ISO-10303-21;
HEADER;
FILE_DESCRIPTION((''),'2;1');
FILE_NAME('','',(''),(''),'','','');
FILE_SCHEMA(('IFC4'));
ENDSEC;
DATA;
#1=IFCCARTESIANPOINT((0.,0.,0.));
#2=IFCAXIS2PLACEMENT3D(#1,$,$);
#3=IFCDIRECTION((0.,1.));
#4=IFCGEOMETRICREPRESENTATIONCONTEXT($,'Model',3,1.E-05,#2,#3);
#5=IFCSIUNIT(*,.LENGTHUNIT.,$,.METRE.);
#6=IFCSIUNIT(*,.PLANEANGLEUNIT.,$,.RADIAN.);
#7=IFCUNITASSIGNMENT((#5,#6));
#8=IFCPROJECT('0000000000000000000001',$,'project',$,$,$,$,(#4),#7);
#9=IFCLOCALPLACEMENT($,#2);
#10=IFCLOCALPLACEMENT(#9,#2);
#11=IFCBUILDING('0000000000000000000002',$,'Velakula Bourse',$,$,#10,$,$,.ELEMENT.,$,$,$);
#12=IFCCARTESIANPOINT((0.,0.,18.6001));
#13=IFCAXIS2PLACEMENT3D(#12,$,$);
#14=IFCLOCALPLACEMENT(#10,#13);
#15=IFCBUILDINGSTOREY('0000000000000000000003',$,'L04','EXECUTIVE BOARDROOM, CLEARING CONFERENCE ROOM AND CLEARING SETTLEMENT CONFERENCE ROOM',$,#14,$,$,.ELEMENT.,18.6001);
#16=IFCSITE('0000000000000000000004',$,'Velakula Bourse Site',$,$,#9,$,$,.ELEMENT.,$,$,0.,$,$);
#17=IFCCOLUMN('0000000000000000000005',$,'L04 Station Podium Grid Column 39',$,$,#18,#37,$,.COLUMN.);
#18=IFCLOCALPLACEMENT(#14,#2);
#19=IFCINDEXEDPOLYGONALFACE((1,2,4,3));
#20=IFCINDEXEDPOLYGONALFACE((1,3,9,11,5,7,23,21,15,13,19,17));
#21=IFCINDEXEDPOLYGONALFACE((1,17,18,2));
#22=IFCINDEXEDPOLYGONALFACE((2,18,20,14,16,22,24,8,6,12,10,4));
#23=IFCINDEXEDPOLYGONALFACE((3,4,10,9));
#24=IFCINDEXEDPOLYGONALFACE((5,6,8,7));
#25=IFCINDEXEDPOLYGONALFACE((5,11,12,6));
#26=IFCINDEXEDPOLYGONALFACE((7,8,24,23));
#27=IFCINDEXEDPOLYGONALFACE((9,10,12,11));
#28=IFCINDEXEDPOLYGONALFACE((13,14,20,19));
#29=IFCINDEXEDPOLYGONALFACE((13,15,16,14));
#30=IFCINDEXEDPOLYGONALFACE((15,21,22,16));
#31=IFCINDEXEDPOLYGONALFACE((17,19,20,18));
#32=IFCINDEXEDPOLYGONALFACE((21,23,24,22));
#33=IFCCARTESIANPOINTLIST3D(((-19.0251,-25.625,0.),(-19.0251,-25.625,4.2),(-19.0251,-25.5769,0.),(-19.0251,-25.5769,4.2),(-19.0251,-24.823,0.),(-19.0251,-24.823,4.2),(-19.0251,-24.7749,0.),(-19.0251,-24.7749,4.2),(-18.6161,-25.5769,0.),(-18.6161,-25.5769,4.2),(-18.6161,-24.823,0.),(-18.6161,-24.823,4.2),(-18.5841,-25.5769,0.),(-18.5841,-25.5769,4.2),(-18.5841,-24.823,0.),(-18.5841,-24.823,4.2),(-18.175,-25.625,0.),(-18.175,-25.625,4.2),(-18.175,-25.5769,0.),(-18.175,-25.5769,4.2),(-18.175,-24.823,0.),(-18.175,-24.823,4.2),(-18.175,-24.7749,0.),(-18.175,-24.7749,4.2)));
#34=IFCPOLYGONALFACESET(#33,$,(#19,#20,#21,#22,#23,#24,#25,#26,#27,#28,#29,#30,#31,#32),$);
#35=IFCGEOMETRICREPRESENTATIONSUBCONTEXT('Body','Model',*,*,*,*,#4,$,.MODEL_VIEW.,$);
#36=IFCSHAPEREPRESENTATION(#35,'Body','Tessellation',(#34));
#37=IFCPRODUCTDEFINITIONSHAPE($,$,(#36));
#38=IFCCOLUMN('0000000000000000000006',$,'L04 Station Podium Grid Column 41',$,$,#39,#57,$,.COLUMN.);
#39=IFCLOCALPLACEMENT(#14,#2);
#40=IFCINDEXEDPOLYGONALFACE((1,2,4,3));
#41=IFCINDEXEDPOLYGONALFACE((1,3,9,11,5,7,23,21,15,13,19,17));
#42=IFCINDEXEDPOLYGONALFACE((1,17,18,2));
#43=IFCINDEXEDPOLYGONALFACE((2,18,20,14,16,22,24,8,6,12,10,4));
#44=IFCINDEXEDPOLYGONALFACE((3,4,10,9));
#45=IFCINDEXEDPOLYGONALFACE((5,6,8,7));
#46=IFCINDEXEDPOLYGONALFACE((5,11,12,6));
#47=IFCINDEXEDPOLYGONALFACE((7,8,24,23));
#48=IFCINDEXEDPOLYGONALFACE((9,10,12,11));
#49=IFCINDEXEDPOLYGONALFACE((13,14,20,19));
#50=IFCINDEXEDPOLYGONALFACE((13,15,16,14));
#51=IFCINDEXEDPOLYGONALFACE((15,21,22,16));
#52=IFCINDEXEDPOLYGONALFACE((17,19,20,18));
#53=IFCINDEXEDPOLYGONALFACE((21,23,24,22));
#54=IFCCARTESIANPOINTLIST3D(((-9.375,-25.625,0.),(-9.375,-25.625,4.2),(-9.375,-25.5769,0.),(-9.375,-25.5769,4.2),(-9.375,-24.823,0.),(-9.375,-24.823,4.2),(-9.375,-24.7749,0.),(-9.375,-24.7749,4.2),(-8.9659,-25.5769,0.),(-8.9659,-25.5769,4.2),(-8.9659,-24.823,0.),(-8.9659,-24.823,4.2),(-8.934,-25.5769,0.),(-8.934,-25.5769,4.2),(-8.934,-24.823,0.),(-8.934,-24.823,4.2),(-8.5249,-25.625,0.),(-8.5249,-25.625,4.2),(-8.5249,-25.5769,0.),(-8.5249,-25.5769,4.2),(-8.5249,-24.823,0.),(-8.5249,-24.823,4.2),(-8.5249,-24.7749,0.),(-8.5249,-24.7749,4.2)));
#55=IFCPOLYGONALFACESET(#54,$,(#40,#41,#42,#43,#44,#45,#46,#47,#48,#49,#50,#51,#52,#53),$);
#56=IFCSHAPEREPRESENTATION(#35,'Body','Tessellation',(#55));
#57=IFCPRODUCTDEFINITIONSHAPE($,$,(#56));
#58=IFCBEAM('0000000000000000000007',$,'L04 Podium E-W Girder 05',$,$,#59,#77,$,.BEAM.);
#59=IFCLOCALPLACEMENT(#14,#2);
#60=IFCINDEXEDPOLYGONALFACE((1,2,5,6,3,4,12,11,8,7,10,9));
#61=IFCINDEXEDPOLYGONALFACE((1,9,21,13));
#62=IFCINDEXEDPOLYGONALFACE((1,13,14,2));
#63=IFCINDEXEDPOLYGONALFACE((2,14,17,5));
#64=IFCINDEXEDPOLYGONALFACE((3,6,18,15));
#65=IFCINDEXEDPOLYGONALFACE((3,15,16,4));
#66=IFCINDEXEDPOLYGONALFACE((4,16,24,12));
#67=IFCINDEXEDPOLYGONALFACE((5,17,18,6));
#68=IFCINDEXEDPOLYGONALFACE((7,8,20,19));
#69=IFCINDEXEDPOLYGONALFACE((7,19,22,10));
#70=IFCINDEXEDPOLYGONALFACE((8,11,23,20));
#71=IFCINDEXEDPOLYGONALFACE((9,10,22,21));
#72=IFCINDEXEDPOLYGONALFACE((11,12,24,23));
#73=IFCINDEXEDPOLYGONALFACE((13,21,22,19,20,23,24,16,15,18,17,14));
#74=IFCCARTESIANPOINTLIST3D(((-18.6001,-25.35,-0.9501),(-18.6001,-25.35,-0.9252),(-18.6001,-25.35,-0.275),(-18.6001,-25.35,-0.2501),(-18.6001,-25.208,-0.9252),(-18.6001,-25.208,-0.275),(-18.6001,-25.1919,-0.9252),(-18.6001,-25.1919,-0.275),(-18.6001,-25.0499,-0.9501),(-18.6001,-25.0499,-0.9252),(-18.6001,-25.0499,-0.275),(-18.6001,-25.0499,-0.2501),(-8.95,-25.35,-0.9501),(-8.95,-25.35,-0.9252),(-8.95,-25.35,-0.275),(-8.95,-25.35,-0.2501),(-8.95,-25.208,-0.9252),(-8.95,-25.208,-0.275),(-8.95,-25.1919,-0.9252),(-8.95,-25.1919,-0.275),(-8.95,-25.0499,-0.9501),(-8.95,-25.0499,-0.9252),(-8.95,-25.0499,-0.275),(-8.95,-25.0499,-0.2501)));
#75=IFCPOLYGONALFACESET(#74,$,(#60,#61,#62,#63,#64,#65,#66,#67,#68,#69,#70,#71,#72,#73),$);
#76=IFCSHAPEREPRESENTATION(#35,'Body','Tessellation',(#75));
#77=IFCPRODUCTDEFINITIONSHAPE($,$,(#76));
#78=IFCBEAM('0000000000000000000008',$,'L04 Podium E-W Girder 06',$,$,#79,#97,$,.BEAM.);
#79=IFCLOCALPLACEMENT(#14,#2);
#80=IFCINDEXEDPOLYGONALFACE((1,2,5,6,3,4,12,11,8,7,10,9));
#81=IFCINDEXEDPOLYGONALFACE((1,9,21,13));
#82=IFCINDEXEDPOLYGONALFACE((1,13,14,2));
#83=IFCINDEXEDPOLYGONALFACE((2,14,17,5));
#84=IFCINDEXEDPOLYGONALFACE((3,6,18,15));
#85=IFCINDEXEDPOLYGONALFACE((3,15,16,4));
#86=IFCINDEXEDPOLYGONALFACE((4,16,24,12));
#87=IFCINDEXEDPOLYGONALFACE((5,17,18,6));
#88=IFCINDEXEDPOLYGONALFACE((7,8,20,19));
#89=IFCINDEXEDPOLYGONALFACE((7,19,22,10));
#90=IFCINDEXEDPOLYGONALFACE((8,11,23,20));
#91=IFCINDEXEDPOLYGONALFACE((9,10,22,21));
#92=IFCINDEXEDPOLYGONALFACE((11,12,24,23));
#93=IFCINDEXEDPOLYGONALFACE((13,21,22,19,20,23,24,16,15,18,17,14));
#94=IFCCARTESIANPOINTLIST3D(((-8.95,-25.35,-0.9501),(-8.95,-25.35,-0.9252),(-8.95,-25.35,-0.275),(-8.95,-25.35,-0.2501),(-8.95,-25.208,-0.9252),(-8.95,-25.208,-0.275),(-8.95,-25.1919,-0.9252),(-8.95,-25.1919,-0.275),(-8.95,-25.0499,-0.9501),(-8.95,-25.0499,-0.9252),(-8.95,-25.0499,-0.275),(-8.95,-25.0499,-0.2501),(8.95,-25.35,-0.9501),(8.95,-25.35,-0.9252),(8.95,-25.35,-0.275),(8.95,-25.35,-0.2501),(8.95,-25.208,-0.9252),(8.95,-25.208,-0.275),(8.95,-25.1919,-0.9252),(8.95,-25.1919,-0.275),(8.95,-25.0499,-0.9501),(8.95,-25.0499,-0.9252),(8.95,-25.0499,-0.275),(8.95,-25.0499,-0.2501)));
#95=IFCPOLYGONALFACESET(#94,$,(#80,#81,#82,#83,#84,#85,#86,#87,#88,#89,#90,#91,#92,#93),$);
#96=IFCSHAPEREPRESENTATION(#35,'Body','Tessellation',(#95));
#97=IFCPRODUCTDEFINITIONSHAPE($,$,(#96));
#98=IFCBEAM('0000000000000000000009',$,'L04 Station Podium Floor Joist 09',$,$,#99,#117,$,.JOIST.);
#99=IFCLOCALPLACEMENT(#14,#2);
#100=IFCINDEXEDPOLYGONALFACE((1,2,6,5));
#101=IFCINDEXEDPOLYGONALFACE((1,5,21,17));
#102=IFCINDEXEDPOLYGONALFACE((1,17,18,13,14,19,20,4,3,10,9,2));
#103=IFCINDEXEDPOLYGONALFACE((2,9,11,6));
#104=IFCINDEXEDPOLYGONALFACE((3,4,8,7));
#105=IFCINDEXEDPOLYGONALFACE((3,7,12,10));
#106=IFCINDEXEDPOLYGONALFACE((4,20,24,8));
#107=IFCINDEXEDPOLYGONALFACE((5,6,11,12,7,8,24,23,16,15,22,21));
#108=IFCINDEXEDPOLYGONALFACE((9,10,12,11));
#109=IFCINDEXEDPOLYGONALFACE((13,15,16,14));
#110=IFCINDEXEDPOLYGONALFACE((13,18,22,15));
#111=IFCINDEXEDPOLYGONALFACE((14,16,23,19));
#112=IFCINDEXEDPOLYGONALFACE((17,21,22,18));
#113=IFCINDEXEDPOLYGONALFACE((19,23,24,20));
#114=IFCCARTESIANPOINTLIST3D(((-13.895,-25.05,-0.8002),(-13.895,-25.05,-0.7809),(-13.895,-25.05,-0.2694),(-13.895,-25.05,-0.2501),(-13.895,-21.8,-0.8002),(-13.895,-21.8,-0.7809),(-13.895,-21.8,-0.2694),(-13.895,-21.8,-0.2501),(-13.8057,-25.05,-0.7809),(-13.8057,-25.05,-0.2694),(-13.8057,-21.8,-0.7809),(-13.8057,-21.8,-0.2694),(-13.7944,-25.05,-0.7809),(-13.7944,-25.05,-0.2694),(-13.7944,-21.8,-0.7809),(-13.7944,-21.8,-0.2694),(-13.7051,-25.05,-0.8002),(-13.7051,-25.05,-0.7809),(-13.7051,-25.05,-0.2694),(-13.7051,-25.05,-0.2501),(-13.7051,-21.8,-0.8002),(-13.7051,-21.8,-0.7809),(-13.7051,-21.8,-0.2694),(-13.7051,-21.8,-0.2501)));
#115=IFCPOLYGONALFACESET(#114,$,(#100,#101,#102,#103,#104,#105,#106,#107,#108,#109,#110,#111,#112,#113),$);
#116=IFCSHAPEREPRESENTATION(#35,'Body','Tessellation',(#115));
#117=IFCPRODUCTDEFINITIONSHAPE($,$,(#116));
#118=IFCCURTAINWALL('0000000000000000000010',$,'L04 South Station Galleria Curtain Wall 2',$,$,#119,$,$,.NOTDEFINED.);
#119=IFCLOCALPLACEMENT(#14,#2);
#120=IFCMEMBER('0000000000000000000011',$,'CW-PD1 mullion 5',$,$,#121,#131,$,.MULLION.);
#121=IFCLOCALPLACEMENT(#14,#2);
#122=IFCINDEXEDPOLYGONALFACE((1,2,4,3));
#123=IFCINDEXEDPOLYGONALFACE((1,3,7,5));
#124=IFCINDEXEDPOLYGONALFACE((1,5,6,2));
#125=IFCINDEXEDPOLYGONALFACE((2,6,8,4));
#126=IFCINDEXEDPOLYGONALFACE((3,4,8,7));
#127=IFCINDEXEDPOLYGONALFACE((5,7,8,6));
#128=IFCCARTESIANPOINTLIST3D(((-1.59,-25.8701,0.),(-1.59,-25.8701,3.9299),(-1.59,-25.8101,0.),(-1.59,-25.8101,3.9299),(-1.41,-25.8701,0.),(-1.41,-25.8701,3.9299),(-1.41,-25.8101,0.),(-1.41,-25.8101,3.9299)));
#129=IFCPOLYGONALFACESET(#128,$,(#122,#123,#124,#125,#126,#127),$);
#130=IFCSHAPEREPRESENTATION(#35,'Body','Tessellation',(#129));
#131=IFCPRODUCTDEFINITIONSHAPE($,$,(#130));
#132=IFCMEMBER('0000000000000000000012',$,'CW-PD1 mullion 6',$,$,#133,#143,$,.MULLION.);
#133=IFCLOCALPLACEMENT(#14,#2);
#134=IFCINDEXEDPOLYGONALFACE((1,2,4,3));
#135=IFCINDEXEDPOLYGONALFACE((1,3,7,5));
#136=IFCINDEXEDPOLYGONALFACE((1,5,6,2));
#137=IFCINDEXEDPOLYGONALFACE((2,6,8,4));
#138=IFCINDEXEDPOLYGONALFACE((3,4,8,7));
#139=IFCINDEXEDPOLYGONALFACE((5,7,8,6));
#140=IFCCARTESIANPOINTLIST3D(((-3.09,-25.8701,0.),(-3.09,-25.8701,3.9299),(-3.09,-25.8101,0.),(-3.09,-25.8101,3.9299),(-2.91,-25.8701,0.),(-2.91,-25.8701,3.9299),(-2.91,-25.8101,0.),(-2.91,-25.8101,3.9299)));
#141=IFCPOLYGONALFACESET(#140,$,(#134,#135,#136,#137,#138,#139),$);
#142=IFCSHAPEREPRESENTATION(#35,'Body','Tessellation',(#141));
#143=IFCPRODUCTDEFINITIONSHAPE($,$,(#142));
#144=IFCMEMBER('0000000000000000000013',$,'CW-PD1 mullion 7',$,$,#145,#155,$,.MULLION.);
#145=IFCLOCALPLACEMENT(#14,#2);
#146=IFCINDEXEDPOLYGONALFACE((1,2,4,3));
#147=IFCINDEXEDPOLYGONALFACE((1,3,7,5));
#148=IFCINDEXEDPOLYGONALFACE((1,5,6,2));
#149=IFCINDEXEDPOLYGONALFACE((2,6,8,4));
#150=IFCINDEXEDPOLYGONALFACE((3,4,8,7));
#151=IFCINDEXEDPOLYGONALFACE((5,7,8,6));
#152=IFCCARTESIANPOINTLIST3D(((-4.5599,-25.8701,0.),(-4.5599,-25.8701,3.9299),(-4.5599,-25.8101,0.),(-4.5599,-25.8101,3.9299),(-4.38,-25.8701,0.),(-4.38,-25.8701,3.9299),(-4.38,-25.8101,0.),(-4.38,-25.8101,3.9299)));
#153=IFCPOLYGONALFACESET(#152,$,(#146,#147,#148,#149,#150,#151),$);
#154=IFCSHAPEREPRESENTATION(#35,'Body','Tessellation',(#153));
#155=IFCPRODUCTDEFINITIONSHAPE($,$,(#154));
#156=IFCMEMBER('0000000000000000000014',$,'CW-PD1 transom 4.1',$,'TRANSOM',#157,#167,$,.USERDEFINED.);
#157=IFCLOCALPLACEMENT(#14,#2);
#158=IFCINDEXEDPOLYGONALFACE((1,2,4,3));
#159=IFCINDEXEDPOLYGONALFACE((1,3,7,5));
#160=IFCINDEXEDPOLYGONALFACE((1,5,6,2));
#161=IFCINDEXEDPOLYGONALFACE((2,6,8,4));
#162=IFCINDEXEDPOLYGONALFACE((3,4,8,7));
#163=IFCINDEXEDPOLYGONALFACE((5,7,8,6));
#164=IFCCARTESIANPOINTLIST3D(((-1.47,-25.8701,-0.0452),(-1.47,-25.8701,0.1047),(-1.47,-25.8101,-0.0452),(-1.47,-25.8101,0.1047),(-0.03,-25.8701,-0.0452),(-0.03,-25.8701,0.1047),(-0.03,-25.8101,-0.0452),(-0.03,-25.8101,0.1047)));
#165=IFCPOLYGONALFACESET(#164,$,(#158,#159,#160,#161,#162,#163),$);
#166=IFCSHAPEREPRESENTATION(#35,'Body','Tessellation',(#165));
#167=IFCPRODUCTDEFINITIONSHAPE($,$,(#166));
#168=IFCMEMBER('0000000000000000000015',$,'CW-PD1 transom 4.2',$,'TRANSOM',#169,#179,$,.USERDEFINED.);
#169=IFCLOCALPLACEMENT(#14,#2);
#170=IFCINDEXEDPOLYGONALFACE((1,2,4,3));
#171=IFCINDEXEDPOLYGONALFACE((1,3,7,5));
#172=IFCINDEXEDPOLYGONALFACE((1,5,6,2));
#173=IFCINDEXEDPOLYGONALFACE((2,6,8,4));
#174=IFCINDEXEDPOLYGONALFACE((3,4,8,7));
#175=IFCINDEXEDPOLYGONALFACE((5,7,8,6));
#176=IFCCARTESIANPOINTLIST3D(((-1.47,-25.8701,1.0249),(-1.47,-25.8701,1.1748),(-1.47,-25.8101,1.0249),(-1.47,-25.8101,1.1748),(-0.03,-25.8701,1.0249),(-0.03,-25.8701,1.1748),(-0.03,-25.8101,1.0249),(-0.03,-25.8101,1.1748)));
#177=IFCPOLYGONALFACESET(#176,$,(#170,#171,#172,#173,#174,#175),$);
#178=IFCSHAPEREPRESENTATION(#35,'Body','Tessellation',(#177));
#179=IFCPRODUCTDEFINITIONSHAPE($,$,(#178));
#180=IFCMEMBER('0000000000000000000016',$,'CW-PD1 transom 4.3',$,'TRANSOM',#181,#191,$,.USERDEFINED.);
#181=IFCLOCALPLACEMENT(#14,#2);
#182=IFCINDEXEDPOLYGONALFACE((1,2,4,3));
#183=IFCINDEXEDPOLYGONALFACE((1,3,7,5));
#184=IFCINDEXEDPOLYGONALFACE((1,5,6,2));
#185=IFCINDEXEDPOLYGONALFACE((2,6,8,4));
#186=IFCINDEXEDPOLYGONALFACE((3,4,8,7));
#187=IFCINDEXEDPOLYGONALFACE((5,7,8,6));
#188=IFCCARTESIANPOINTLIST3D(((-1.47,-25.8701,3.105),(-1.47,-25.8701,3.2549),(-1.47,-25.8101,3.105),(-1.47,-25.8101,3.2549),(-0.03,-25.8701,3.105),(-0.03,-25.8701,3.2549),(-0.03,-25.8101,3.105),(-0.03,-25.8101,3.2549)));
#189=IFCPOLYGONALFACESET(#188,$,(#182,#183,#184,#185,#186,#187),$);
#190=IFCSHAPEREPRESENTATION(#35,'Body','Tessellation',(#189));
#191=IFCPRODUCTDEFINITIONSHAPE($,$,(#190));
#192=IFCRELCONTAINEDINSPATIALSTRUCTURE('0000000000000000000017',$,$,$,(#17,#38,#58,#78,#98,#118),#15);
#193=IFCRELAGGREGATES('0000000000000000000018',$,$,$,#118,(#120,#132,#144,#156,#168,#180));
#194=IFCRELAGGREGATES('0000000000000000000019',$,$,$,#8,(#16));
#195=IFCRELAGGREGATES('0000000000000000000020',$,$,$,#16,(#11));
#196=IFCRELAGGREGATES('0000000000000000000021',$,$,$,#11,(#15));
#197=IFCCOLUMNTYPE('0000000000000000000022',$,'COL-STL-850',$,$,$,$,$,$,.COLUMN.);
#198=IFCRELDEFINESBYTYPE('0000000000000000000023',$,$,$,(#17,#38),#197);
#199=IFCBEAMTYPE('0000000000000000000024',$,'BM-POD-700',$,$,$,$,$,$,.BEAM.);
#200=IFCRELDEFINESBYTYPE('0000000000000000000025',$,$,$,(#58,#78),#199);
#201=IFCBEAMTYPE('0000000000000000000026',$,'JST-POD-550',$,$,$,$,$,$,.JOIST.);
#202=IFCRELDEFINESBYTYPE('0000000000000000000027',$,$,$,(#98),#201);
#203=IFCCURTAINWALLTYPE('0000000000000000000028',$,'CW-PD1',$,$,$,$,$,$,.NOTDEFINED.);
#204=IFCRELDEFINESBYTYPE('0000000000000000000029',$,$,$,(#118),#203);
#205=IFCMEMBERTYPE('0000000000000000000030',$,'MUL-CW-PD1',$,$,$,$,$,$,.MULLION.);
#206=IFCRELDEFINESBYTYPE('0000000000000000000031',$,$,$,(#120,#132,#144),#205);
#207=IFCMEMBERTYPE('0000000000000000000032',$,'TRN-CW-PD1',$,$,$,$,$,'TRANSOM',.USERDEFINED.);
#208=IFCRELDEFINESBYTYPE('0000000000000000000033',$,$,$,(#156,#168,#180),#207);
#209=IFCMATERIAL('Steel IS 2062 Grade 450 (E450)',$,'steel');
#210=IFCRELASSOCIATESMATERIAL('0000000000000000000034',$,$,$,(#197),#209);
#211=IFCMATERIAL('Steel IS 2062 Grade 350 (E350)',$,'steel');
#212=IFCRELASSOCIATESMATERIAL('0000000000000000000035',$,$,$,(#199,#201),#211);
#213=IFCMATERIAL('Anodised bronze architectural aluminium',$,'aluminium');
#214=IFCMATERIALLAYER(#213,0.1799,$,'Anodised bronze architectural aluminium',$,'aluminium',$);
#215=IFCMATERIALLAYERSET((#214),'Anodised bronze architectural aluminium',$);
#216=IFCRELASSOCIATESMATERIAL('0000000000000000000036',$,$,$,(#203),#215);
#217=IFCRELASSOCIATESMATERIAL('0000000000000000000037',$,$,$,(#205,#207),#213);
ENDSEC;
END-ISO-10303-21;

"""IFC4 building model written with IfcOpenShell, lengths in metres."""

from ifc_helpers import new_model, si_unit, direction, frame, origin, origin_2d, place, context, subcontext, project, spatial, rectangle, i_section, extrude, material, layer, layer_set, material_profile, profile_set, type_object, element, aggregate, save


model = new_model("IFC4")

# Units and contexts
model_context = context("Model", 3, precision=1e-05, world=origin(), true_north=direction((0.0, 1.0)))
body_context = subcontext(model_context, "Body", "Model", "MODEL_VIEW")
ifc_project = project(units=[si_unit("LENGTHUNIT", "METRE"), si_unit("PLANEANGLEUNIT", "RADIAN")], contexts=[model_context])

# Site, building, storey
site_placement = place(None, origin())
site = spatial("IfcSite", under=ifc_project, at=site_placement, Name="Velakula Bourse Site", CompositionType="ELEMENT", RefElevation=0.0)
building_placement = place(site_placement, origin())
building = spatial("IfcBuilding", under=site, at=building_placement, Name="Velakula Bourse", CompositionType="ELEMENT")
storey_placement = place(building_placement, frame((0.0, 0.0, 18.6001)))
storey = spatial("IfcBuildingStorey", under=building, at=storey_placement, Name="L04", Description="EXECUTIVE BOARDROOM, CLEARING CONFERENCE ROOM AND CLEARING SETTLEMENT CONFERENCE ROOM", CompositionType="ELEMENT", Elevation=18.6001)

# Columns
ifc_material_1 = material(Name="Steel IS 2062 Grade 450 (E450)", Category="steel")
ifc_material_profile_1 = material_profile(ifc_material_1, i_section(OverallWidth=0.8501, OverallDepth=0.8501, WebThickness=0.032, FlangeThickness=0.0481, at=origin_2d()), Name="Steel IS 2062 Grade 450 (E450)")
ifc_profile_set_1 = profile_set([ifc_material_profile_1], Name="Steel IS 2062 Grade 450 (E450)")
column_type = type_object("IfcColumnType", Name="COL-STL-850", PredefinedType="COLUMN", material=ifc_profile_set_1)
for number, where, z_axis, x_axis, name in (
    (1, (-18.6001, -25.2, 0.0), (0.0, 0.0, 1.0), (1.0, 0.0, 0.0), "L04 Station Podium Grid Column 39"),
    (2, (-8.95, -25.2, 0.0), (0.0, 0.0, 1.0), (1.0, 0.0, 0.0), "L04 Station Podium Grid Column 41"),
):
    element("IfcColumn", number, at=place(storey_placement, frame(where, z_axis=z_axis, x_axis=x_axis)), inside=storey, type_object=column_type, Name=name, PredefinedType="COLUMN", context=body_context, shape_type="SweptSolid", body=[
        extrude(i_section(OverallWidth=0.8501, OverallDepth=0.8501, WebThickness=0.032, FlangeThickness=0.0481, at=origin_2d()), origin(), (0.0, 0.0, 1.0), 4.2),
    ])

# Beams
ifc_material_2 = material(Name="Steel IS 2062 Grade 350 (E350)", Category="steel")
ifc_material_profile_2 = material_profile(ifc_material_2, i_section(OverallWidth=0.3, OverallDepth=0.7, WebThickness=0.0161, FlangeThickness=0.0249, at=origin_2d()), Name="Steel IS 2062 Grade 350 (E350)")
ifc_profile_set_2 = profile_set([ifc_material_profile_2], Name="Steel IS 2062 Grade 350 (E350)")
beam_type_1 = type_object("IfcBeamType", Name="BM-POD-700", PredefinedType="BEAM", material=ifc_profile_set_2)
beam_1_placement = place(storey_placement, frame((-18.6001, -25.2, -0.6001), z_axis=(1.0, 0.0, 0.0), x_axis=(0.0, 1.0, 0.0)))
element("IfcBeam", 3, at=beam_1_placement, inside=storey, type_object=beam_type_1, Name="L04 Podium E-W Girder 05", PredefinedType="BEAM", context=body_context, shape_type="SweptSolid", body=[
    extrude(i_section(OverallWidth=0.3, OverallDepth=0.7, WebThickness=0.0161, FlangeThickness=0.0249, at=origin_2d()), origin(), (0.0, 0.0, 1.0), 9.6501),
])
beam_2_placement = place(storey_placement, frame((-8.95, -25.2, -0.6001), z_axis=(1.0, 0.0, 0.0), x_axis=(0.0, 1.0, 0.0)))
element("IfcBeam", 4, at=beam_2_placement, inside=storey, type_object=beam_type_1, Name="L04 Podium E-W Girder 06", PredefinedType="BEAM", context=body_context, shape_type="SweptSolid", body=[
    extrude(i_section(OverallWidth=0.3, OverallDepth=0.7, WebThickness=0.0161, FlangeThickness=0.0249, at=origin_2d()), origin(), (0.0, 0.0, 1.0), 17.8999),
])
ifc_material_profile_3 = material_profile(ifc_material_2, i_section(OverallWidth=0.1899, OverallDepth=0.55, WebThickness=0.0112, FlangeThickness=0.0193, at=origin_2d()), Name="Steel IS 2062 Grade 350 (E350)")
ifc_profile_set_3 = profile_set([ifc_material_profile_3], Name="Steel IS 2062 Grade 350 (E350)")
beam_type_2 = type_object("IfcBeamType", Name="JST-POD-550", PredefinedType="JOIST", material=ifc_profile_set_3)
beam_3_placement = place(storey_placement, frame((-13.8, -25.05, -0.5251), z_axis=(0.0, 1.0, 0.0), x_axis=(-1.0, 0.0, 0.0)))
element("IfcBeam", 5, at=beam_3_placement, inside=storey, type_object=beam_type_2, Name="L04 Station Podium Floor Joist 09", PredefinedType="JOIST", context=body_context, shape_type="SweptSolid", body=[
    extrude(i_section(OverallWidth=0.1899, OverallDepth=0.55, WebThickness=0.0112, FlangeThickness=0.0193, at=origin_2d()), origin(), (0.0, 0.0, 1.0), 3.25),
])

# Curtain wall, members
ifc_material_3 = material(Name="Anodised bronze architectural aluminium", Category="aluminium")
ifc_layer_1 = layer(ifc_material_3, 0.1799, Name="Anodised bronze architectural aluminium", Category="aluminium")
ifc_layer_set_1 = layer_set([ifc_layer_1], Name="Anodised bronze architectural aluminium")
curtain_wall_type = type_object("IfcCurtainWallType", Name="CW-PD1", PredefinedType="NOTDEFINED", material=ifc_layer_set_1)
curtain_wall_placement = place(storey_placement, origin())
curtain_wall = element("IfcCurtainWall", 6, at=curtain_wall_placement, inside=storey, type_object=curtain_wall_type, Name="L04 South Station Galleria Curtain Wall 2", PredefinedType="NOTDEFINED")
ifc_material_profile_4 = material_profile(ifc_material_3, rectangle(XDim=0.0601, YDim=0.1799, at=origin_2d()), Name="Anodised bronze architectural aluminium")
ifc_profile_set_4 = profile_set([ifc_material_profile_4], Name="Anodised bronze architectural aluminium")
member_type_1 = type_object("IfcMemberType", Name="MUL-CW-PD1", PredefinedType="MULLION", material=ifc_profile_set_4)
member_1_placement = place(storey_placement, frame((-1.5, -25.8401, 0.0), z_axis=(0.0, 0.0, 1.0), x_axis=(0.0, -1.0, 0.0)))
member_1 = element("IfcMember", 7, at=member_1_placement, type_object=member_type_1, Name="CW-PD1 mullion 5", PredefinedType="MULLION", context=body_context, shape_type="SweptSolid", body=[
    extrude(rectangle(XDim=0.0601, YDim=0.1799, at=origin_2d()), origin(), (0.0, 0.0, 1.0), 3.9299),
])
member_2_placement = place(storey_placement, frame((-3.0, -25.8401, 0.0), z_axis=(0.0, 0.0, 1.0), x_axis=(0.0, -1.0, 0.0)))
member_2 = element("IfcMember", 8, at=member_2_placement, type_object=member_type_1, Name="CW-PD1 mullion 6", PredefinedType="MULLION", context=body_context, shape_type="SweptSolid", body=[
    extrude(rectangle(XDim=0.0601, YDim=0.1799, at=origin_2d()), origin(), (0.0, 0.0, 1.0), 3.9299),
])
member_3_placement = place(storey_placement, frame((-4.47, -25.8401, 0.0), z_axis=(0.0, 0.0, 1.0), x_axis=(0.0, -1.0, 0.0)))
member_3 = element("IfcMember", 9, at=member_3_placement, type_object=member_type_1, Name="CW-PD1 mullion 7", PredefinedType="MULLION", context=body_context, shape_type="SweptSolid", body=[
    extrude(rectangle(XDim=0.0601, YDim=0.1799, at=origin_2d()), origin(), (0.0, 0.0, 1.0), 3.9299),
])
ifc_material_profile_5 = material_profile(ifc_material_3, rectangle(XDim=0.0601, YDim=0.1499, at=origin_2d()), Name="Anodised bronze architectural aluminium")
ifc_profile_set_5 = profile_set([ifc_material_profile_5], Name="Anodised bronze architectural aluminium")
member_type_2 = type_object("IfcMemberType", Name="TRN-CW-PD1", ElementType="TRANSOM", PredefinedType="USERDEFINED", material=ifc_profile_set_5)
member_4_placement = place(storey_placement, frame((-0.03, -25.8401, 0.0298), z_axis=(-1.0, 0.0, 0.0), x_axis=(0.0, -1.0, 0.0)))
member_4 = element("IfcMember", 10, at=member_4_placement, type_object=member_type_2, Name="CW-PD1 transom 4.1", ObjectType="TRANSOM", PredefinedType="USERDEFINED", context=body_context, shape_type="SweptSolid", body=[
    extrude(rectangle(XDim=0.0601, YDim=0.1499, at=origin_2d()), origin(), (0.0, 0.0, 1.0), 1.4399),
])
member_5_placement = place(storey_placement, frame((-0.03, -25.8401, 1.0999), z_axis=(-1.0, 0.0, 0.0), x_axis=(0.0, -1.0, 0.0)))
member_5 = element("IfcMember", 11, at=member_5_placement, type_object=member_type_2, Name="CW-PD1 transom 4.2", ObjectType="TRANSOM", PredefinedType="USERDEFINED", context=body_context, shape_type="SweptSolid", body=[
    extrude(rectangle(XDim=0.0601, YDim=0.1499, at=origin_2d()), origin(), (0.0, 0.0, 1.0), 1.4399),
])
member_6_placement = place(storey_placement, frame((-0.03, -25.8401, 3.1799), z_axis=(-1.0, 0.0, 0.0), x_axis=(0.0, -1.0, 0.0)))
member_6 = element("IfcMember", 12, at=member_6_placement, type_object=member_type_2, Name="CW-PD1 transom 4.3", ObjectType="TRANSOM", PredefinedType="USERDEFINED", context=body_context, shape_type="SweptSolid", body=[
    extrude(rectangle(XDim=0.0601, YDim=0.1499, at=origin_2d()), origin(), (0.0, 0.0, 1.0), 1.4399),
])
aggregate(curtain_wall, [member_1, member_2, member_3, member_4, member_5, member_6])

save(model, "model.ifc")
